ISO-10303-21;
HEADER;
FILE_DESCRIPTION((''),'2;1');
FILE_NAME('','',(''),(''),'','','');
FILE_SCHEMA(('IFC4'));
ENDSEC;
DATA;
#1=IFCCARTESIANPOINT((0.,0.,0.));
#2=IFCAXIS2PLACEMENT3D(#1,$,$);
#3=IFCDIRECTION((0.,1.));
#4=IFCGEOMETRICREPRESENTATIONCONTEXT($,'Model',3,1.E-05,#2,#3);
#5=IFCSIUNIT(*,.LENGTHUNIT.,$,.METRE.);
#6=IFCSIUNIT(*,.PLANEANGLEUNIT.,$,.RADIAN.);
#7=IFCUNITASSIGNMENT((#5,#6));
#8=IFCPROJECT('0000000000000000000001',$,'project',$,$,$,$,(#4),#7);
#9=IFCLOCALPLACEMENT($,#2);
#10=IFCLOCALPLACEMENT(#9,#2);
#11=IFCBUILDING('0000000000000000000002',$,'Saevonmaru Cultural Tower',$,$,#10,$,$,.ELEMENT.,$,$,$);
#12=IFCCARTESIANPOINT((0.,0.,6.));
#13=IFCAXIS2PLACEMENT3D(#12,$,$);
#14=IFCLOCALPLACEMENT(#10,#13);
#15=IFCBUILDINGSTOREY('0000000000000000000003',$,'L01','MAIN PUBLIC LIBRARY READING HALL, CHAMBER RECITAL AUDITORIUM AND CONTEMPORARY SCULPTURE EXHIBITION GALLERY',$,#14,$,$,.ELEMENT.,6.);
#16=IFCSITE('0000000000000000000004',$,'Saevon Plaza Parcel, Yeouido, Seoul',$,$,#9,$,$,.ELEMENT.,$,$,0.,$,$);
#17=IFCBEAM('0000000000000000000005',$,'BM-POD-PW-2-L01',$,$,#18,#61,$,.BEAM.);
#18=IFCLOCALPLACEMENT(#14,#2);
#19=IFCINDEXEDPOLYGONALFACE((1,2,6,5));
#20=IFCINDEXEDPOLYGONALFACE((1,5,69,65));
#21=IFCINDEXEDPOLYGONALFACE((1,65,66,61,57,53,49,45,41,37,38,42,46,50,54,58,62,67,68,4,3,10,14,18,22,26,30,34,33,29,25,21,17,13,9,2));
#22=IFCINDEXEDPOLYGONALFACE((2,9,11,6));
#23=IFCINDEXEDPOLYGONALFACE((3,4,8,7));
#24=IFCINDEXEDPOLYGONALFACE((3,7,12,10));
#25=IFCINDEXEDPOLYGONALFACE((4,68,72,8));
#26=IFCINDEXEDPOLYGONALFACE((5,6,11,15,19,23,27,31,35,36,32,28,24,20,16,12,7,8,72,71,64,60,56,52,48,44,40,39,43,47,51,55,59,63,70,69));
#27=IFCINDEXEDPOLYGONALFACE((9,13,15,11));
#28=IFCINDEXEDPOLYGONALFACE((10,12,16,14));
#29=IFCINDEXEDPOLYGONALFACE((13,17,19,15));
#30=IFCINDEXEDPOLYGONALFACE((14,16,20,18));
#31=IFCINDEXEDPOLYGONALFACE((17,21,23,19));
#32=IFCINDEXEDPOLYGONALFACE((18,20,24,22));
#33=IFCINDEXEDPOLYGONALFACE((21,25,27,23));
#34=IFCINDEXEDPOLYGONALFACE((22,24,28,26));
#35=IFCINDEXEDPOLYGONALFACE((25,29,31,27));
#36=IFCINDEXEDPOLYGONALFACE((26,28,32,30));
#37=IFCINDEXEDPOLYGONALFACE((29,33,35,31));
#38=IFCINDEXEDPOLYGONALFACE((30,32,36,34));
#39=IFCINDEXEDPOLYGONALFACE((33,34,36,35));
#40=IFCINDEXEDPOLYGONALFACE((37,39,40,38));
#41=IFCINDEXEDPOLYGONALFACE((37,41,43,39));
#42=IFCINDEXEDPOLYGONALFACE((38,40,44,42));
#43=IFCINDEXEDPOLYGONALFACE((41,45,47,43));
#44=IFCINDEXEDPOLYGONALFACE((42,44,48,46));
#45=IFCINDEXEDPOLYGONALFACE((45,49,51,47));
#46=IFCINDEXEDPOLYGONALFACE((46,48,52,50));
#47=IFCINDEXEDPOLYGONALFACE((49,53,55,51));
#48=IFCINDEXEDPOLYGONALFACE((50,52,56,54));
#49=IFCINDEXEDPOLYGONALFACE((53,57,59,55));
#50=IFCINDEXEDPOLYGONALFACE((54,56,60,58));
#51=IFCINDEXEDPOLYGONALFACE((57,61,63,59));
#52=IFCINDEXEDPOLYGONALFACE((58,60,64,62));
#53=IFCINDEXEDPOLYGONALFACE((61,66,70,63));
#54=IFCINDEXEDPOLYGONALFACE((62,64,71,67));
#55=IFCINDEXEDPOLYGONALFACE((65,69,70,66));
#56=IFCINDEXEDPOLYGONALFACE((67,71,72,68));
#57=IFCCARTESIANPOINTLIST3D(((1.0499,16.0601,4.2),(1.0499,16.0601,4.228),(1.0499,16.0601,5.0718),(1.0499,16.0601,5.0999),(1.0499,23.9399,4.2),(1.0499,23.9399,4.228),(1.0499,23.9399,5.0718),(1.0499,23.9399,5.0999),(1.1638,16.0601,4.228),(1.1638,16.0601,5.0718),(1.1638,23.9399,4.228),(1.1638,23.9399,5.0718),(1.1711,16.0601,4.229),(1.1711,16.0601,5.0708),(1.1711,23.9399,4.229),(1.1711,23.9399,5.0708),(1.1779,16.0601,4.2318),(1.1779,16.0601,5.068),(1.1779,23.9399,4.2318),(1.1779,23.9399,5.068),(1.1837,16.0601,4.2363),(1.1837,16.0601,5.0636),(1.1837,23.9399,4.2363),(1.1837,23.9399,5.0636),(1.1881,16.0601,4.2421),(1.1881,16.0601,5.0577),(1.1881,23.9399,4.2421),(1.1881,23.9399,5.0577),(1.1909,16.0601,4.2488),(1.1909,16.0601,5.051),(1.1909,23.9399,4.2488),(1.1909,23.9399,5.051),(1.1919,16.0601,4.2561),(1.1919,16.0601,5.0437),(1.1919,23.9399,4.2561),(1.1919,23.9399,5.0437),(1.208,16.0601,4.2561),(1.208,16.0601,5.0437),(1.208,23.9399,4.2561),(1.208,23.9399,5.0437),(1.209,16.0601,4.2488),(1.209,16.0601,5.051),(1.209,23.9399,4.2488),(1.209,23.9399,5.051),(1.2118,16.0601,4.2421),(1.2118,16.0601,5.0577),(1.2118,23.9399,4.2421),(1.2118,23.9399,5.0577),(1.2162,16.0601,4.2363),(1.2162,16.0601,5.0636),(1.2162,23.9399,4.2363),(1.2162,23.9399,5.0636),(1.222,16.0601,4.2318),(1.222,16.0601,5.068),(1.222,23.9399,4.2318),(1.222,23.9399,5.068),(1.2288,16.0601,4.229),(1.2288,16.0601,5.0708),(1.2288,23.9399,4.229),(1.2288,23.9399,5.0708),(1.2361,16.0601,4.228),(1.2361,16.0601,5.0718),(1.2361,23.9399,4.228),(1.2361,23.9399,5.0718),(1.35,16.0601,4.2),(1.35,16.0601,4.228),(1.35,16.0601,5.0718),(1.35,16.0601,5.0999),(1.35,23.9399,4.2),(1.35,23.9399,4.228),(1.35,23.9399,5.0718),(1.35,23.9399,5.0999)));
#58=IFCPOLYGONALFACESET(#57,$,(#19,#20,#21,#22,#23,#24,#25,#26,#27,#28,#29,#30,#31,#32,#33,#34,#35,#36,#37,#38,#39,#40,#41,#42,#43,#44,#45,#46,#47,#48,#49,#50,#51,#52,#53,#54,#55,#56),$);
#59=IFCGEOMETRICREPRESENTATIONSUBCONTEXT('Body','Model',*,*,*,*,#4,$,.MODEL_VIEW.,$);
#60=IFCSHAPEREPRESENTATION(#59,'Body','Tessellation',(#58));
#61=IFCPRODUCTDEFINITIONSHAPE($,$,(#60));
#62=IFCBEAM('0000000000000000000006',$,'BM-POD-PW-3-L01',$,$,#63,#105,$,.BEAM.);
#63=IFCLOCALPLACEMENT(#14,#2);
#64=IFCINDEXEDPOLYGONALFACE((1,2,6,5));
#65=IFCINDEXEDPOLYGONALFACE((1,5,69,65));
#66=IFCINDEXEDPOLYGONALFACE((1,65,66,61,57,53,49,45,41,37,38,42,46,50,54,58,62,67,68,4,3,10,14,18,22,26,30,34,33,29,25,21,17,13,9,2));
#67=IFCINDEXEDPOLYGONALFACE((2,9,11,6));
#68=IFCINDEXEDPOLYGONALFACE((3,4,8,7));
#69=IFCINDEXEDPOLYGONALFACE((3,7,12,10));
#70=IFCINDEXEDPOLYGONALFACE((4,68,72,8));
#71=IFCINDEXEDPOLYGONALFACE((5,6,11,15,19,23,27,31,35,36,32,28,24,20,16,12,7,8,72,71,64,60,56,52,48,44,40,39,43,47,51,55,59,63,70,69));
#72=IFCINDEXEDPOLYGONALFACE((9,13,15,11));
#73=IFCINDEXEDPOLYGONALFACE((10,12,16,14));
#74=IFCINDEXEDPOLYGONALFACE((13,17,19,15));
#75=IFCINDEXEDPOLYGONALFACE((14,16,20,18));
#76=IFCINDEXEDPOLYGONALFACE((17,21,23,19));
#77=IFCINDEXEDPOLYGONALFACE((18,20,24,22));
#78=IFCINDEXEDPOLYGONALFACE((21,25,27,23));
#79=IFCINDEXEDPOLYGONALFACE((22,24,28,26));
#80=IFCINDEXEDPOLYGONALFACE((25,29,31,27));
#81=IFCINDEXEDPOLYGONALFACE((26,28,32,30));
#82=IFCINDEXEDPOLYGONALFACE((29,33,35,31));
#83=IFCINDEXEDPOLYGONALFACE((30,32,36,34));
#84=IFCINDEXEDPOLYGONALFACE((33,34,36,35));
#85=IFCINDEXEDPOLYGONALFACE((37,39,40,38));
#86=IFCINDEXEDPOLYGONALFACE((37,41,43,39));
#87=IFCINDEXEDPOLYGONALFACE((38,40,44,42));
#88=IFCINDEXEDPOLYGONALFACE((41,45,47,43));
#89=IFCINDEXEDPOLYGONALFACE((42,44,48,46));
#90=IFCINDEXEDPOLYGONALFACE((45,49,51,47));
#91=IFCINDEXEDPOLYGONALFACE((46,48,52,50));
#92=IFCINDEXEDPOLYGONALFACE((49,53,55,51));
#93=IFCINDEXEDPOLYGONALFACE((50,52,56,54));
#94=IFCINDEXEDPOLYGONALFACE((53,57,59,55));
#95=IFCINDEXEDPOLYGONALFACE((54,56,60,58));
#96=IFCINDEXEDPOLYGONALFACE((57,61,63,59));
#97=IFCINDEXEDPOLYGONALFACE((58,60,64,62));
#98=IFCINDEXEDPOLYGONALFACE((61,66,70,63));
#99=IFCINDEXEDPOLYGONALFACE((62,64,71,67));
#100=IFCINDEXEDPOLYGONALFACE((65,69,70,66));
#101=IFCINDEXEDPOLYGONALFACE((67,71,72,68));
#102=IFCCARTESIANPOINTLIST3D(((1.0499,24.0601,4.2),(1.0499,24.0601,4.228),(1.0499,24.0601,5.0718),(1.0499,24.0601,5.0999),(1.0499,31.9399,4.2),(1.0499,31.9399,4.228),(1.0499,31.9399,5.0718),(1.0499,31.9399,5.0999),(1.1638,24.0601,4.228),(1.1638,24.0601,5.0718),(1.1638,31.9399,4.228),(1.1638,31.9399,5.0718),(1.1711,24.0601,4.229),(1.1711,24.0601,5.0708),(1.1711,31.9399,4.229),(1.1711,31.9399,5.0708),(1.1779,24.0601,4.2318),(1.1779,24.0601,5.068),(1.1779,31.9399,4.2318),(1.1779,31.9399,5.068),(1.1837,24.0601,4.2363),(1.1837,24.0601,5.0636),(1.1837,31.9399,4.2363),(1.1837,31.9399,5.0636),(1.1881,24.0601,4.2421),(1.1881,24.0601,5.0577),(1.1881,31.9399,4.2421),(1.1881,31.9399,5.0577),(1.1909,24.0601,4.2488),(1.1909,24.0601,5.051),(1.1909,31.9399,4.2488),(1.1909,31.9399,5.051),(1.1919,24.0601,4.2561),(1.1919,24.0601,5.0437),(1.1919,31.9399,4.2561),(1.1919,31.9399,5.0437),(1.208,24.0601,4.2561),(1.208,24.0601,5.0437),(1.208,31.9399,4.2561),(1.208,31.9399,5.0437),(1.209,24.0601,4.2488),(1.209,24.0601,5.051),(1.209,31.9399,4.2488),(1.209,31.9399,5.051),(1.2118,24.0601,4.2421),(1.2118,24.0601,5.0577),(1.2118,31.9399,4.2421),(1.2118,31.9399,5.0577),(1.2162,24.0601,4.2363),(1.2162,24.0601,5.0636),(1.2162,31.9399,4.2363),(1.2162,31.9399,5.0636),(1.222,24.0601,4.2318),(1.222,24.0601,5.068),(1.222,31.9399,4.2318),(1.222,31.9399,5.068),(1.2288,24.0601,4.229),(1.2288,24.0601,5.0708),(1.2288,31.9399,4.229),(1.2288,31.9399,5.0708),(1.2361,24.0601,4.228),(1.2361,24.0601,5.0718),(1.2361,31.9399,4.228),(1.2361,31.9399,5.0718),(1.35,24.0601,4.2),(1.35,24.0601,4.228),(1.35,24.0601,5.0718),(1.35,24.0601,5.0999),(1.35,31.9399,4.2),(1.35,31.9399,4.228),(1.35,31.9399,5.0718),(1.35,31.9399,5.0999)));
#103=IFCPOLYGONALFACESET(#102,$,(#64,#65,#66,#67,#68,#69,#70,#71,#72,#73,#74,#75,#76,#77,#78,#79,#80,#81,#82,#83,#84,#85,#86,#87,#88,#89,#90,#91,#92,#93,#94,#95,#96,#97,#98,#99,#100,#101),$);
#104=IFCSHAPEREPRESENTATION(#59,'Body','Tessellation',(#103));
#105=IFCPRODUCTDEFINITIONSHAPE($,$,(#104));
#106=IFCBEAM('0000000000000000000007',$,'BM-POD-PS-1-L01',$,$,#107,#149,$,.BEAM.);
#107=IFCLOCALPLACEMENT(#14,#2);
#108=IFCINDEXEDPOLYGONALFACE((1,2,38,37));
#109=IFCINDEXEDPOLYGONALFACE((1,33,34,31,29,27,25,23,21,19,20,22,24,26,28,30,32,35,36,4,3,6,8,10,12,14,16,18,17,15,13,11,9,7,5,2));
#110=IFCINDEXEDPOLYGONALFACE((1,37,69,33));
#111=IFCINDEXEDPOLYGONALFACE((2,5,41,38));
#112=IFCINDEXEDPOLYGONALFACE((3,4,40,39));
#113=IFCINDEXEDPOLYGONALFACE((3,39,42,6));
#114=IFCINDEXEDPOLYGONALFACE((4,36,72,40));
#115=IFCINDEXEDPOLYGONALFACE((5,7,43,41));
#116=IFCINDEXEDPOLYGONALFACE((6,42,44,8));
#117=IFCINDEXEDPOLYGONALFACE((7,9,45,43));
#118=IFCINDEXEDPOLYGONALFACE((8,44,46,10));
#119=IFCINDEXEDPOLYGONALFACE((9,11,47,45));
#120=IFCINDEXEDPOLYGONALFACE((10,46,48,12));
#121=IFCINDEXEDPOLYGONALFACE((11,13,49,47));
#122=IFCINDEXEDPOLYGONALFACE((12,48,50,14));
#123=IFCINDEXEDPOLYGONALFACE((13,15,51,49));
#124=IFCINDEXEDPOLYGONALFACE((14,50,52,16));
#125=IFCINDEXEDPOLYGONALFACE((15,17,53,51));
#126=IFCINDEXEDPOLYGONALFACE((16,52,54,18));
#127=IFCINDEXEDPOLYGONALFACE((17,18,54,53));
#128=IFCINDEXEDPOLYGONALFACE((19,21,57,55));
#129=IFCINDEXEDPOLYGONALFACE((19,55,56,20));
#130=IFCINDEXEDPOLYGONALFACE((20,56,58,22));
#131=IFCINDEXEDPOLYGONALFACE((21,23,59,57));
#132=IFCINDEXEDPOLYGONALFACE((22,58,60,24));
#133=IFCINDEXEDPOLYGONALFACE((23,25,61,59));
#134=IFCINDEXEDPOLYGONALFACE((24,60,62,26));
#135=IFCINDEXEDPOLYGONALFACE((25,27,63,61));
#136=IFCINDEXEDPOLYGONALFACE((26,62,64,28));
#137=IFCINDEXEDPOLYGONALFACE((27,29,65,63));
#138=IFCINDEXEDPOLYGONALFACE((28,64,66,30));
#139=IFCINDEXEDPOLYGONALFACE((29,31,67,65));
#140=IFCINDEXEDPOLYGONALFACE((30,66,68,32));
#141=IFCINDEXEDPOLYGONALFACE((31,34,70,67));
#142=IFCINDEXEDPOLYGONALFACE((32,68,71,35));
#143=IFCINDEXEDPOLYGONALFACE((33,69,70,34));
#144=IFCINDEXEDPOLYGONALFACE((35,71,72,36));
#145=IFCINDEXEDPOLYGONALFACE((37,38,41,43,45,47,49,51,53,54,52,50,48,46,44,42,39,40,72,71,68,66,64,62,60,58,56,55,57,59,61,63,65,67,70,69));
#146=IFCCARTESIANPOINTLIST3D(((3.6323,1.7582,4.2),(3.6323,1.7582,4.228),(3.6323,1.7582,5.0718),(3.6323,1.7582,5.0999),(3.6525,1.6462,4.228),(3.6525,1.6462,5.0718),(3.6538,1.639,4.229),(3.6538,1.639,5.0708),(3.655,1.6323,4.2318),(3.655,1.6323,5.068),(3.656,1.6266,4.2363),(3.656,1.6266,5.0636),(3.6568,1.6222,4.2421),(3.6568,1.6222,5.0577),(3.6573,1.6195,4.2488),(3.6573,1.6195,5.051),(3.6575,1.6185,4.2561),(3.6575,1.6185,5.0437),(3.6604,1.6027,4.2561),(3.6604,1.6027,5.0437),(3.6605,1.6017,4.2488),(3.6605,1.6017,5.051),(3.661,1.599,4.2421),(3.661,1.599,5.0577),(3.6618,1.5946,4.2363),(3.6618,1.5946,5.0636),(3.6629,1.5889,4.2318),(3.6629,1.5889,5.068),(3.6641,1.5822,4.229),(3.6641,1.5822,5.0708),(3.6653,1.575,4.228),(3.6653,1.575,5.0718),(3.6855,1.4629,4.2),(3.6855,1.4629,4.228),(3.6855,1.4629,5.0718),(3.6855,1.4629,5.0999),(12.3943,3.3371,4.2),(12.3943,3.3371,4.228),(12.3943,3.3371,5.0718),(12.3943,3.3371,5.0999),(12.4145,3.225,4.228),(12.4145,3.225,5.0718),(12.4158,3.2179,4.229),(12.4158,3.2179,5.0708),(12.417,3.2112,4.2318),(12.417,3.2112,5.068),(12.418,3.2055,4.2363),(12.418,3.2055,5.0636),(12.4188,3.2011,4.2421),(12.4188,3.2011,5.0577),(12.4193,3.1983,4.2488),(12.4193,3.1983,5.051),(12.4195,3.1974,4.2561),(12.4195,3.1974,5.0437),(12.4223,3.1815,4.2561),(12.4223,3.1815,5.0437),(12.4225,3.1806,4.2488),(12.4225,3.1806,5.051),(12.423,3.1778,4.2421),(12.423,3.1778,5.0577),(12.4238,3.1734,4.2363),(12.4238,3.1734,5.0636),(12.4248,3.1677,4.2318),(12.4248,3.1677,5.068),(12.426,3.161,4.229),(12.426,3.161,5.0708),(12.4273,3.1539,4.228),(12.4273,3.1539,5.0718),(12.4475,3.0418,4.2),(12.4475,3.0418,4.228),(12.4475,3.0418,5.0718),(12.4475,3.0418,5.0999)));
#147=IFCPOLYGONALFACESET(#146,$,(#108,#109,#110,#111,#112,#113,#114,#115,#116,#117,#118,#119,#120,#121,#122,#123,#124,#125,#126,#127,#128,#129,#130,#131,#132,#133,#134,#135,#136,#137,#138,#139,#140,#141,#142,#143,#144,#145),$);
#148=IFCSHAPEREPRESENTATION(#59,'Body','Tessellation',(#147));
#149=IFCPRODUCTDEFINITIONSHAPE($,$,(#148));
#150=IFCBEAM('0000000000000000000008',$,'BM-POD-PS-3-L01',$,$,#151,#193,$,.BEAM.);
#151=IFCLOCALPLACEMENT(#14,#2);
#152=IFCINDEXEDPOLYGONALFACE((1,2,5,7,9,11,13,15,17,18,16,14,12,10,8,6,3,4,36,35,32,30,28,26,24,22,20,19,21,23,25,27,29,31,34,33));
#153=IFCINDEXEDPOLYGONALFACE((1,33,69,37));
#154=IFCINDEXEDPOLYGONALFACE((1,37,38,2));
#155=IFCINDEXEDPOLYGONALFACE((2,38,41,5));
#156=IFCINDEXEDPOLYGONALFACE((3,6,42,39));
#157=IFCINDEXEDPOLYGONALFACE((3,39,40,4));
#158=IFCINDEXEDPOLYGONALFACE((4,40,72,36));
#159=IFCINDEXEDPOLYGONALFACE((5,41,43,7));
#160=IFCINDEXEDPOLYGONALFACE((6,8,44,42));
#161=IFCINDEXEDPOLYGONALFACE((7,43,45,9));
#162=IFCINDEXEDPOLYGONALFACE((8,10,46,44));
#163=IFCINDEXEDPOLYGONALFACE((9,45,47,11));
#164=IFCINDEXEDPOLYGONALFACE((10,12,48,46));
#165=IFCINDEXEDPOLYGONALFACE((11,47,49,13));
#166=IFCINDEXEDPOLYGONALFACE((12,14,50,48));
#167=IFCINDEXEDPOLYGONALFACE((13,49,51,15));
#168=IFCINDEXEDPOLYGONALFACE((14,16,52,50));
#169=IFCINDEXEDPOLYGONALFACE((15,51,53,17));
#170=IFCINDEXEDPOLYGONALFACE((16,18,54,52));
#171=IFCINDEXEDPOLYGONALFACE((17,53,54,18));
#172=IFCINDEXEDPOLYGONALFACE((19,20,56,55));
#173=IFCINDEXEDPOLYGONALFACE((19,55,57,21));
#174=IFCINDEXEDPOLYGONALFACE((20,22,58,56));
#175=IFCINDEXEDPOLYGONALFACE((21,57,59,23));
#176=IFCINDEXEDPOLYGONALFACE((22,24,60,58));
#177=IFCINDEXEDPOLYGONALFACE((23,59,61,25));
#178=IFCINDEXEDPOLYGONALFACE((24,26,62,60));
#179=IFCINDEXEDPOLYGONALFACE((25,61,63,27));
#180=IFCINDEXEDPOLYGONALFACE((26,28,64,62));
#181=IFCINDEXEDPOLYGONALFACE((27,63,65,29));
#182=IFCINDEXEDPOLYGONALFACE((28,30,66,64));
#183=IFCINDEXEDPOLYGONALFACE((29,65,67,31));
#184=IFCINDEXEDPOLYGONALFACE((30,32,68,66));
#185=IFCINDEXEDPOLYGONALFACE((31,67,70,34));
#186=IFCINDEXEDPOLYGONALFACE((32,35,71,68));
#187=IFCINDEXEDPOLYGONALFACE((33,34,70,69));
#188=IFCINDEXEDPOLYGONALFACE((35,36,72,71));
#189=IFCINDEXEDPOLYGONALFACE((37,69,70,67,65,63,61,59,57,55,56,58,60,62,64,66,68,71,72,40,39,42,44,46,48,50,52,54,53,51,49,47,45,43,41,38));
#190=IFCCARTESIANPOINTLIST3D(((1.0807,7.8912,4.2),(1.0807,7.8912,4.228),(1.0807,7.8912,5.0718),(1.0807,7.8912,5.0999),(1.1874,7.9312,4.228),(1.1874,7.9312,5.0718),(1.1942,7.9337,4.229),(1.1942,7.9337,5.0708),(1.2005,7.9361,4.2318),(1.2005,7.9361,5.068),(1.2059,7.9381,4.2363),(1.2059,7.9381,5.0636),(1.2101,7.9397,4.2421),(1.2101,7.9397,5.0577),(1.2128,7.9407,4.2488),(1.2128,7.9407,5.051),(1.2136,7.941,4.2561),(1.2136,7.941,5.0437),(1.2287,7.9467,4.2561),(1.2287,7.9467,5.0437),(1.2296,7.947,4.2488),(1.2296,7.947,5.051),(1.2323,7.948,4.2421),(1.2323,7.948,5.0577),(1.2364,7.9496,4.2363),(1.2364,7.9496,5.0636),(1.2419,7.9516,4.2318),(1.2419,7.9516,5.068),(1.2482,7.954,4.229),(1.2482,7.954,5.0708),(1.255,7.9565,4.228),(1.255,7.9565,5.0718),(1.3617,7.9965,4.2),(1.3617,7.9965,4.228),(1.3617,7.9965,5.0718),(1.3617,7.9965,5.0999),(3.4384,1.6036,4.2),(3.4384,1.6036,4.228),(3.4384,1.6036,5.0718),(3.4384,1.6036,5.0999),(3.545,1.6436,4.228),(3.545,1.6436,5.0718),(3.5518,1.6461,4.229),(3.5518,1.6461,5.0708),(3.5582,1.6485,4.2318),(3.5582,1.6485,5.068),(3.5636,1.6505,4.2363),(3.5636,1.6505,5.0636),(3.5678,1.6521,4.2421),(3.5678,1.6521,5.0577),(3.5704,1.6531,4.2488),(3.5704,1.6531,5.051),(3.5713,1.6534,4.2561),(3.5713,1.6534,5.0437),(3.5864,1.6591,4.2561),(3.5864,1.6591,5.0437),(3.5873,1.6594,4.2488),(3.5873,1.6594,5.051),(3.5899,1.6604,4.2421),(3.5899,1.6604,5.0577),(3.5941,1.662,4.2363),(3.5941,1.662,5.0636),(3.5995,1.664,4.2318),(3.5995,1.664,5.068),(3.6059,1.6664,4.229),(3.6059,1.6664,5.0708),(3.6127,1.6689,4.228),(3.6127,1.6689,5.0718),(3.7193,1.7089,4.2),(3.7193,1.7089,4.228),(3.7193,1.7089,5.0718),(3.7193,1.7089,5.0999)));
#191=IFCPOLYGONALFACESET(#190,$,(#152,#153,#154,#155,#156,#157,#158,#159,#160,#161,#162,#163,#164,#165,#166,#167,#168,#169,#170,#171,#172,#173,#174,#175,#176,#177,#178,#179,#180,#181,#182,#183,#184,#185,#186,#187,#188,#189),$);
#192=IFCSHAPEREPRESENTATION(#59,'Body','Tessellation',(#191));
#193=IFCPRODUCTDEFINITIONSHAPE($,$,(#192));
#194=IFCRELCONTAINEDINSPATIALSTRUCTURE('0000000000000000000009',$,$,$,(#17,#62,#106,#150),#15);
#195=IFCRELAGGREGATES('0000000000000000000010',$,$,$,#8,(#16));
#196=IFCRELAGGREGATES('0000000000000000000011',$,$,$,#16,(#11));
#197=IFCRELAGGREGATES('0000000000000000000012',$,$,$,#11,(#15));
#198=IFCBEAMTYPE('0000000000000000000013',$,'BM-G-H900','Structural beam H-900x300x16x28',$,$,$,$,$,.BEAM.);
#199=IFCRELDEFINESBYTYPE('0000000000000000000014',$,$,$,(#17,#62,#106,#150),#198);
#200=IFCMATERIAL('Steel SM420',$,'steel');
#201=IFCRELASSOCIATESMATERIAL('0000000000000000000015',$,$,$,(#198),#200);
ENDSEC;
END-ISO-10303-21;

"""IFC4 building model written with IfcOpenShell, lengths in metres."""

from ifc_helpers import new_model, si_unit, direction, frame, origin, origin_2d, place, context, subcontext, project, spatial, i_section, extrude, material, material_profile, profile_set, type_object, element, save


model = new_model("IFC4")

# Units and contexts
model_context = context("Model", 3, precision=1e-05, world=origin(), true_north=direction((0.0, 1.0)))
body_context = subcontext(model_context, "Body", "Model", "MODEL_VIEW")
ifc_project = project(units=[si_unit("LENGTHUNIT", "METRE"), si_unit("PLANEANGLEUNIT", "RADIAN")], contexts=[model_context])

# Site, building, storey
site_placement = place(None, origin())
site = spatial("IfcSite", under=ifc_project, at=site_placement, Name="Saevon Plaza Parcel, Yeouido, Seoul", CompositionType="ELEMENT", RefElevation=0.0)
building_placement = place(site_placement, origin())
building = spatial("IfcBuilding", under=site, at=building_placement, Name="Saevonmaru Cultural Tower", CompositionType="ELEMENT")
storey_placement = place(building_placement, frame((0.0, 0.0, 6.0)))
storey = spatial("IfcBuildingStorey", under=building, at=storey_placement, Name="L01", Description="MAIN PUBLIC LIBRARY READING HALL, CHAMBER RECITAL AUDITORIUM AND CONTEMPORARY SCULPTURE EXHIBITION GALLERY", CompositionType="ELEMENT", Elevation=6.0)

# Shared definitions
ifc_material_1 = material(Name="Steel SM420", Category="steel")

# Beams
ifc_material_profile_1 = material_profile(ifc_material_1, i_section(OverallWidth=0.3, OverallDepth=0.8999, WebThickness=0.0161, FlangeThickness=0.0281, FilletRadius=0.0281, at=origin_2d()), Name="H-900x300x16x28")
ifc_profile_set_1 = profile_set([ifc_material_profile_1], Name="Steel SM420")
beam_type_1 = type_object("IfcBeamType", Name="BM-G-H900", Description="Structural beam H-900x300x16x28", PredefinedType="BEAM", material=ifc_profile_set_1)
for number, where, z_axis, x_axis, name in (
    (1, (1.2, 16.0601, 4.6499), (0.0, 1.0, 0.0), (-1.0, 0.0, 0.0), "BM-POD-PW-2-L01"),
    (2, (1.2, 24.0601, 4.6499), (0.0, 1.0, 0.0), (-1.0, 0.0, 0.0), "BM-POD-PW-3-L01"),
):
    element("IfcBeam", number, at=place(storey_placement, frame(where, z_axis=z_axis, x_axis=x_axis)), inside=storey, type_object=beam_type_1, Name=name, PredefinedType="BEAM", context=body_context, shape_type="SweptSolid", body=[
        extrude(i_section(OverallWidth=0.3, OverallDepth=0.8999, WebThickness=0.0161, FlangeThickness=0.0281, FilletRadius=0.0281, at=origin_2d()), origin(), (0.0, 0.0, 1.0), 7.8799),
    ])
beam_1_placement = place(storey_placement, frame((3.6589, 1.6106, 4.6499), z_axis=(0.98415, 0.177338, 0.0), x_axis=(-0.177338, 0.98415, 0.0)))
element("IfcBeam", 3, at=beam_1_placement, inside=storey, type_object=beam_type_1, Name="BM-POD-PS-1-L01", PredefinedType="BEAM", context=body_context, shape_type="SweptSolid", body=[
    extrude(i_section(OverallWidth=0.3, OverallDepth=0.8999, WebThickness=0.0161, FlangeThickness=0.0281, FilletRadius=0.0281, at=origin_2d()), origin(), (0.0, 0.0, 1.0), 8.9031),
])
beam_2_placement = place(storey_placement, frame((3.5789, 1.6562, 4.6499), z_axis=(-0.3511, 0.936338, 0.0), x_axis=(-0.936338, -0.3511, 0.0)))
element("IfcBeam", 4, at=beam_2_placement, inside=storey, type_object=beam_type_1, Name="BM-POD-PS-3-L01", PredefinedType="BEAM", context=body_context, shape_type="SweptSolid", body=[
    extrude(i_section(OverallWidth=0.3, OverallDepth=0.8999, WebThickness=0.0161, FlangeThickness=0.0281, FilletRadius=0.0281, at=origin_2d()), origin(), (0.0, 0.0, 1.0), 6.7151),
])

save(model, "model.ifc")
